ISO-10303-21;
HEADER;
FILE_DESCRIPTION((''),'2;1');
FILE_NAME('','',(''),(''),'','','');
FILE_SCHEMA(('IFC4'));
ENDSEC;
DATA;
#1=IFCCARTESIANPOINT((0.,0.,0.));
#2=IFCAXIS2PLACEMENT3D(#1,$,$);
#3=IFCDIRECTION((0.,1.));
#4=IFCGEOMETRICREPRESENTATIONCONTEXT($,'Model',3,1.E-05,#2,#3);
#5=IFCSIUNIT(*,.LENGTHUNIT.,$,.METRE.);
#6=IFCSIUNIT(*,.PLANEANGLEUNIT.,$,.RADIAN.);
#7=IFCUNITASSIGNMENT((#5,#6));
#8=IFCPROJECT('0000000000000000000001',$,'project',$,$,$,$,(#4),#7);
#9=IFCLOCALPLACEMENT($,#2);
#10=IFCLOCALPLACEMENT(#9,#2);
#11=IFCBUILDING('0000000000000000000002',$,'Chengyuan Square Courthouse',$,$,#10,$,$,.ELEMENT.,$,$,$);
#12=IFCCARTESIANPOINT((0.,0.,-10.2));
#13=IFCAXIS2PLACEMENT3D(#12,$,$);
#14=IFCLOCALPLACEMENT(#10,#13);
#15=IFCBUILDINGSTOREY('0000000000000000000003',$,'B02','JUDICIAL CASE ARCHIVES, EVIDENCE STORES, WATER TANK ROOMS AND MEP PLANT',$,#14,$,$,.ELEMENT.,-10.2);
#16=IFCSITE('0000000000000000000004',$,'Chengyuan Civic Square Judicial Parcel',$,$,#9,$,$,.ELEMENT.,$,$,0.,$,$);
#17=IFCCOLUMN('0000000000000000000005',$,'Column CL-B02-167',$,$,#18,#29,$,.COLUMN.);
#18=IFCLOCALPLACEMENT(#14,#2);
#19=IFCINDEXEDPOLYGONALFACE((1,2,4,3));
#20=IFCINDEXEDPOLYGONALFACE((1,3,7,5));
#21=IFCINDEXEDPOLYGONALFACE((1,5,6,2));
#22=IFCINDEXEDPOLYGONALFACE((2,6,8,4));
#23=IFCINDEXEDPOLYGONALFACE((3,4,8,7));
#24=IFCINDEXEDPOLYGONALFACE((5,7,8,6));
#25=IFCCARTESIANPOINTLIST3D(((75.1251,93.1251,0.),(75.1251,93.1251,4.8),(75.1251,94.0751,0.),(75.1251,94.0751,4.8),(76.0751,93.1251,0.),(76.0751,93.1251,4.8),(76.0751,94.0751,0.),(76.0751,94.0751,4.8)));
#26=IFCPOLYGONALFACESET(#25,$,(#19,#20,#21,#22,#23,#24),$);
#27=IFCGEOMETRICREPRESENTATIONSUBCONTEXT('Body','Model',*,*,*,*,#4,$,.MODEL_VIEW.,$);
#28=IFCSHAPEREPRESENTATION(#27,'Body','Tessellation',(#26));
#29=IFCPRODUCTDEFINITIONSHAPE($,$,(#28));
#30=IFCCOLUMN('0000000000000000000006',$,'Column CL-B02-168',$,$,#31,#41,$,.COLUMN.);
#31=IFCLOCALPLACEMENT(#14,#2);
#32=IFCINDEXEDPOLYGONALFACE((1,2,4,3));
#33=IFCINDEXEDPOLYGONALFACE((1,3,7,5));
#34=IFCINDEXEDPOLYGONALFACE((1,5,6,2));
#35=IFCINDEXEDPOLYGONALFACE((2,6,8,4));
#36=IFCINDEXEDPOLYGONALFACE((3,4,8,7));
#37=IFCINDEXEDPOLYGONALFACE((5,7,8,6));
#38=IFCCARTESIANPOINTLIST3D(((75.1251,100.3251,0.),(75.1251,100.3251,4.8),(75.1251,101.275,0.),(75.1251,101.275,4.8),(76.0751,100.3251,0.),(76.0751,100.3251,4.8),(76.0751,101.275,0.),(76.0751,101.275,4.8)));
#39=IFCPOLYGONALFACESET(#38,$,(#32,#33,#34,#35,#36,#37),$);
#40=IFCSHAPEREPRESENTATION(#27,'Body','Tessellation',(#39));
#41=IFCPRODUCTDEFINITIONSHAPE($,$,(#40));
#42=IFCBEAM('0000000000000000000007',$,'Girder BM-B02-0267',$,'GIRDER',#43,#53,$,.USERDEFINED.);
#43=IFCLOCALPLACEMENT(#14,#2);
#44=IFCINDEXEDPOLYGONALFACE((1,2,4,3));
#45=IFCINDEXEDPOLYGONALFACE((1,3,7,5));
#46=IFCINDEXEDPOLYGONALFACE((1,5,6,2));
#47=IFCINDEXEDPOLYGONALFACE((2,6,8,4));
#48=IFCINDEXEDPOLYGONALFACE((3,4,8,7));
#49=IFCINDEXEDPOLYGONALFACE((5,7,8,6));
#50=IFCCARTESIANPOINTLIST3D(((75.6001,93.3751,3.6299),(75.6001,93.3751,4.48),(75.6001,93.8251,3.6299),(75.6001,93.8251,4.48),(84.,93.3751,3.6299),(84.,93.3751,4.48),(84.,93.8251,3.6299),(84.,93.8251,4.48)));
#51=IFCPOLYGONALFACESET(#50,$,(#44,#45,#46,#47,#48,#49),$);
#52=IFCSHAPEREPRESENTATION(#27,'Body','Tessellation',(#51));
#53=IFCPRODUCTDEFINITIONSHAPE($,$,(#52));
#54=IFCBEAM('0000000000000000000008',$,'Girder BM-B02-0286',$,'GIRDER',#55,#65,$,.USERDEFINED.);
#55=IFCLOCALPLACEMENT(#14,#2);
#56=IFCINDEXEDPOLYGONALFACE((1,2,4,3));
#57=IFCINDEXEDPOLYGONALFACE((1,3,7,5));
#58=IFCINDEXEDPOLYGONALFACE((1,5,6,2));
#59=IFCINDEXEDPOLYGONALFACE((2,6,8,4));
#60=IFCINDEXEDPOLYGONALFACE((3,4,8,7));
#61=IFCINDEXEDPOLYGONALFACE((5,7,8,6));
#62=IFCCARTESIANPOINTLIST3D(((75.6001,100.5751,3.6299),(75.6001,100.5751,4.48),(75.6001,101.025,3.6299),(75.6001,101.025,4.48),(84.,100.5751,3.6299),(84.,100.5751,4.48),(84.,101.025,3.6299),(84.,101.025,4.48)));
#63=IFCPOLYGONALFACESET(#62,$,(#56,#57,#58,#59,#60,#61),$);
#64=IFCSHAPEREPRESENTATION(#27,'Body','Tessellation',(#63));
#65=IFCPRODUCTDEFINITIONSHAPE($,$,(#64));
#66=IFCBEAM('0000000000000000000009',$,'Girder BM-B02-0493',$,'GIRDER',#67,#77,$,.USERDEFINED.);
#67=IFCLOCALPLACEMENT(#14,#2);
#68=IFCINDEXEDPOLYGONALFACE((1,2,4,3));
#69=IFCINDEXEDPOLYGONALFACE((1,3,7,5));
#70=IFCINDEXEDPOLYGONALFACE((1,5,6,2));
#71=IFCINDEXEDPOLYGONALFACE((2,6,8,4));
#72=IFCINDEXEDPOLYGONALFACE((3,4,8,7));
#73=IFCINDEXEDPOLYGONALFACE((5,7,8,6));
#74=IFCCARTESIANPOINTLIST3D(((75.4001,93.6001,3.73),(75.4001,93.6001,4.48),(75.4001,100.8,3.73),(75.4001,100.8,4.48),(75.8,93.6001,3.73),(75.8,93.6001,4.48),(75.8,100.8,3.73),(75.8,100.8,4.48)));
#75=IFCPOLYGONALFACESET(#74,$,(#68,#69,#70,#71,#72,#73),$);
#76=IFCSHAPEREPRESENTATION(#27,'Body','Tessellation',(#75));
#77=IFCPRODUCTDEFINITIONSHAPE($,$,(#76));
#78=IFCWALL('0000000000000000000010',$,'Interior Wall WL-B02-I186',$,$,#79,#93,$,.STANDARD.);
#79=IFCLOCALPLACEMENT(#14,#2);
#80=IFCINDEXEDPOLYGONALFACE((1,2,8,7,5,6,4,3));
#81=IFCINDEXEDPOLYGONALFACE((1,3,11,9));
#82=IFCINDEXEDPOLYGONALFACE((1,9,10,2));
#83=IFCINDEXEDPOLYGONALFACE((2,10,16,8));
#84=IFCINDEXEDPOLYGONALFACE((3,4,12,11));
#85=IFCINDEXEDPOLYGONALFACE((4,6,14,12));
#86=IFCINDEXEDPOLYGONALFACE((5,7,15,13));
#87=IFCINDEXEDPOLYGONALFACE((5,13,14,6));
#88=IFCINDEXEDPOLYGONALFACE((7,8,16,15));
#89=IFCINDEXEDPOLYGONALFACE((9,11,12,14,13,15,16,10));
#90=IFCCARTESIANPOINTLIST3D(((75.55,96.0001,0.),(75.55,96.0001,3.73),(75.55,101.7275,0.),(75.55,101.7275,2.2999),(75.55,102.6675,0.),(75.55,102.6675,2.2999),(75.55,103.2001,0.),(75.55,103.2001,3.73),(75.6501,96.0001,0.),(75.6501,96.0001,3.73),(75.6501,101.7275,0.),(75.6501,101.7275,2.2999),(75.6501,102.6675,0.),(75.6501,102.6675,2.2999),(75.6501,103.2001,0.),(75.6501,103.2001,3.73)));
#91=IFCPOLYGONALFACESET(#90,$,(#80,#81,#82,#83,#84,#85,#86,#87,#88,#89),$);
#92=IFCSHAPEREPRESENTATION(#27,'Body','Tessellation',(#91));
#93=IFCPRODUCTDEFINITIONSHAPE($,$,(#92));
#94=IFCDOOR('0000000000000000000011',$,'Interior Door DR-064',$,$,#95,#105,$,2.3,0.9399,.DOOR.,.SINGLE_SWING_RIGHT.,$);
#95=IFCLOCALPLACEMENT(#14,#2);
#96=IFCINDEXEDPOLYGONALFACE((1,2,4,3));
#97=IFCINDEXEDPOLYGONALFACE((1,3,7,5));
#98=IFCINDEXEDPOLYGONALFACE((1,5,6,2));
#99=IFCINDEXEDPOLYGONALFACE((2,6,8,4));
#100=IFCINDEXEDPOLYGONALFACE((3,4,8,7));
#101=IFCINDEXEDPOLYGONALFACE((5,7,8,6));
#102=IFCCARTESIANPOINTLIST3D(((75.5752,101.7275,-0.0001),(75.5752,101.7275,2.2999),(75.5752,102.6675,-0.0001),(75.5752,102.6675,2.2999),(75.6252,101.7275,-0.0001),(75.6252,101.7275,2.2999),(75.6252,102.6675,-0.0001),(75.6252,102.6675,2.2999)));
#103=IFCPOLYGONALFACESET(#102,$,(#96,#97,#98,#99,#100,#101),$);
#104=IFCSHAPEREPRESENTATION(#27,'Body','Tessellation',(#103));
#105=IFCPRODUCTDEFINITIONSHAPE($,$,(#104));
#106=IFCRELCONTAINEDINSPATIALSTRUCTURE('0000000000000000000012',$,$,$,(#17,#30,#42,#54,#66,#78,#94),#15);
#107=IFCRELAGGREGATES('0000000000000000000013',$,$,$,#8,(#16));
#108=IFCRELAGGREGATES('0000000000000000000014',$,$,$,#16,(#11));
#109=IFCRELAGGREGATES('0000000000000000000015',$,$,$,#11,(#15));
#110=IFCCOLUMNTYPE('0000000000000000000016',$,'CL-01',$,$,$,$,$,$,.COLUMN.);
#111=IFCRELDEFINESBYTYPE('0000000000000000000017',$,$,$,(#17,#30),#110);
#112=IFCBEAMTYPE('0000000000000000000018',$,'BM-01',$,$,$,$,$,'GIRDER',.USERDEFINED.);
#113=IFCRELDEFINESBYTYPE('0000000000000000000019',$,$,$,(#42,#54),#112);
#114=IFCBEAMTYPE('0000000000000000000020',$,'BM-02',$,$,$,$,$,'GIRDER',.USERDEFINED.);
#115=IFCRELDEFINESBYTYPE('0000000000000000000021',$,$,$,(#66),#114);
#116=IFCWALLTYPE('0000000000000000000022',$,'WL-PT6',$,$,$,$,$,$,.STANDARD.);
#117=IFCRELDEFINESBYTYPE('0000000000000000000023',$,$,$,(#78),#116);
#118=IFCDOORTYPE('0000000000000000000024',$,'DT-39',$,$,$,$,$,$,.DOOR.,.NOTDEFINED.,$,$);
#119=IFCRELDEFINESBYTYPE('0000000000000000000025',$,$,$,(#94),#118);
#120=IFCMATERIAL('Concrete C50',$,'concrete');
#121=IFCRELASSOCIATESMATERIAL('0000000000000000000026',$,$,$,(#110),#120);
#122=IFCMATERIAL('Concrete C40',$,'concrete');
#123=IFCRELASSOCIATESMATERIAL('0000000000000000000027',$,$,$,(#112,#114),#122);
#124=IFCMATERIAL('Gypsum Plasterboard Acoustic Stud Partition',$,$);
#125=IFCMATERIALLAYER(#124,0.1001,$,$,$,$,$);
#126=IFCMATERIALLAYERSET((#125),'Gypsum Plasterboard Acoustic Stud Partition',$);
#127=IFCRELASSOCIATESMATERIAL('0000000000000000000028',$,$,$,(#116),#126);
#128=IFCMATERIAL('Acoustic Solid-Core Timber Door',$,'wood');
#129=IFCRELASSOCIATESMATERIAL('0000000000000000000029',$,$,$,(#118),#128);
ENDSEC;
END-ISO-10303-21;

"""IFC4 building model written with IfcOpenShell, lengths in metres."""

from ifc_helpers import new_model, si_unit, direction, frame, frame_2d, origin, origin_2d, place, context, subcontext, project, spatial, rectangle, extrude, material, layer, layer_set, material_profile, profile_set, type_object, element, fill, save


model = new_model("IFC4")

# Units and contexts
model_context = context("Model", 3, precision=1e-05, world=origin(), true_north=direction((0.0, 1.0)))
body_context = subcontext(model_context, "Body", "Model", "MODEL_VIEW")
ifc_project = project(units=[si_unit("LENGTHUNIT", "METRE"), si_unit("PLANEANGLEUNIT", "RADIAN")], contexts=[model_context])

# Site, building, storey
site_placement = place(None, origin())
site = spatial("IfcSite", under=ifc_project, at=site_placement, Name="Chengyuan Civic Square Judicial Parcel", CompositionType="ELEMENT", RefElevation=0.0)
building_placement = place(site_placement, origin())
building = spatial("IfcBuilding", under=site, at=building_placement, Name="Chengyuan Square Courthouse", CompositionType="ELEMENT")
storey_placement = place(building_placement, frame((0.0, 0.0, -10.2)))
storey = spatial("IfcBuildingStorey", under=building, at=storey_placement, Name="B02", Description="JUDICIAL CASE ARCHIVES, EVIDENCE STORES, WATER TANK ROOMS AND MEP PLANT", CompositionType="ELEMENT", Elevation=-10.2)

# Shared definitions
ifc_material_1 = material(Name="Concrete C40", Category="concrete")

# Columns
ifc_material_2 = material(Name="Concrete C50", Category="concrete")
ifc_material_profile_1 = material_profile(ifc_material_2, rectangle(XDim=0.95, YDim=0.95, at=origin_2d()), Name="RC-COL-950x950")
ifc_profile_set_1 = profile_set([ifc_material_profile_1], Name="Concrete C50")
column_type = type_object("IfcColumnType", Name="CL-01", PredefinedType="COLUMN", material=ifc_profile_set_1)
for number, where, z_axis, x_axis, name in (
    (1, (75.6001, 93.6001, 0.0), (0.0, 0.0, 1.0), (1.0, 0.0, 0.0), "Column CL-B02-167"),
    (2, (75.6001, 100.8, 0.0), (0.0, 0.0, 1.0), (1.0, 0.0, 0.0), "Column CL-B02-168"),
):
    element("IfcColumn", number, at=place(storey_placement, frame(where, z_axis=z_axis, x_axis=x_axis)), inside=storey, type_object=column_type, Name=name, PredefinedType="COLUMN", context=body_context, shape_type="SweptSolid", body=[
        extrude(rectangle(XDim=0.95, YDim=0.95, at=origin_2d()), origin(), (0.0, 0.0, 1.0), 4.8),
    ])

# Beams
ifc_material_profile_2 = material_profile(ifc_material_1, rectangle(XDim=0.45, YDim=0.8501, at=origin_2d()), Name="RC-BM-450x850")
ifc_profile_set_2 = profile_set([ifc_material_profile_2], Name="Concrete C40")
beam_type_1 = type_object("IfcBeamType", Name="BM-01", ElementType="GIRDER", PredefinedType="USERDEFINED", material=ifc_profile_set_2)
for number, where, z_axis, x_axis, name in (
    (3, (75.6001, 93.6001, 4.0549), (1.0, 0.0, 0.0), (0.0, 1.0, 0.0), "Girder BM-B02-0267"),
    (4, (75.6001, 100.8, 4.0549), (1.0, 0.0, 0.0), (0.0, 1.0, 0.0), "Girder BM-B02-0286"),
):
    element("IfcBeam", number, at=place(storey_placement, frame(where, z_axis=z_axis, x_axis=x_axis)), inside=storey, type_object=beam_type_1, Name=name, ObjectType="GIRDER", PredefinedType="USERDEFINED", context=body_context, shape_type="SweptSolid", body=[
        extrude(rectangle(XDim=0.45, YDim=0.8501, at=origin_2d()), origin(), (0.0, 0.0, 1.0), 8.3999),
    ])
ifc_material_profile_3 = material_profile(ifc_material_1, rectangle(XDim=0.3999, YDim=0.75, at=origin_2d()), Name="RC-BM-400x750")
ifc_profile_set_3 = profile_set([ifc_material_profile_3], Name="Concrete C40")
beam_type_2 = type_object("IfcBeamType", Name="BM-02", ElementType="GIRDER", PredefinedType="USERDEFINED", material=ifc_profile_set_3)
beam_placement = place(storey_placement, frame((75.6001, 93.6001, 4.105), z_axis=(0.0, 1.0, 0.0), x_axis=(-1.0, 0.0, 0.0)))
element("IfcBeam", 5, at=beam_placement, inside=storey, type_object=beam_type_2, Name="Girder BM-B02-0493", ObjectType="GIRDER", PredefinedType="USERDEFINED", context=body_context, shape_type="SweptSolid", body=[
    extrude(rectangle(XDim=0.3999, YDim=0.75, at=origin_2d()), origin(), (0.0, 0.0, 1.0), 7.2),
])

# Wall, opening, door
ifc_material_3 = material(Name="Gypsum Plasterboard Acoustic Stud Partition")
ifc_layer_1 = layer(ifc_material_3, 0.1001)
ifc_layer_set_1 = layer_set([ifc_layer_1], Name="Gypsum Plasterboard Acoustic Stud Partition")
wall_type_1 = type_object("IfcWallType", Name="WL-PT6", PredefinedType="STANDARD", material=ifc_layer_set_1)
wall_1_placement = place(storey_placement, frame((75.6001, 96.0, 0.0), z_axis=(0.0, 0.0, 1.0), x_axis=(0.0, 1.0, 0.0)))
wall_1 = element("IfcWall", 6, at=wall_1_placement, inside=storey, type_object=wall_type_1, Name="Interior Wall WL-B02-I186", PredefinedType="STANDARD", context=body_context, shape_type="SweptSolid", body=[
    extrude(rectangle(XDim=7.2, YDim=0.1001, at=frame_2d((3.6001, 0.0))), origin(), (0.0, 0.0, 1.0), 3.73),
])
opening_1_placement = place(wall_1_placement, frame((5.7275, 0.0, 0.0)))
opening_1 = element("IfcOpeningElement", 7, at=opening_1_placement, cuts=wall_1, PredefinedType="OPENING", context=body_context, shape_type="SweptSolid", body=[
    extrude(rectangle(XDim=0.9399, YDim=2.3, at=frame_2d((0.47, 1.1499))), frame((0.0, 0.062, 0.0), z_axis=(0.0, -1.0, 0.0), x_axis=(1.0, 0.0, 0.0)), (0.0, 0.0, 1.0), 0.124),
])
ifc_material_4 = material(Name="Acoustic Solid-Core Timber Door", Category="wood")
door_type_1 = type_object("IfcDoorType", Name="DT-39", OperationType="NOTDEFINED", PredefinedType="DOOR", material=ifc_material_4)
door_1_placement = place(opening_1_placement, origin())
door_1 = element("IfcDoor", 8, at=door_1_placement, inside=storey, type_object=door_type_1, Name="Interior Door DR-064", OperationType="SINGLE_SWING_RIGHT", OverallHeight=2.3, OverallWidth=0.9399, PredefinedType="DOOR", context=body_context, shape_type="SweptSolid", body=[
    extrude(rectangle(XDim=0.9399, YDim=2.3, at=frame_2d((0.47, 1.1499))), frame((0.0, 0.0249, 0.0), z_axis=(0.0, -1.0, 0.0), x_axis=(1.0, 0.0, 0.0)), (0.0, 0.0, 1.0), 0.05),
])
fill(opening_1, door_1)

save(model, "model.ifc")
